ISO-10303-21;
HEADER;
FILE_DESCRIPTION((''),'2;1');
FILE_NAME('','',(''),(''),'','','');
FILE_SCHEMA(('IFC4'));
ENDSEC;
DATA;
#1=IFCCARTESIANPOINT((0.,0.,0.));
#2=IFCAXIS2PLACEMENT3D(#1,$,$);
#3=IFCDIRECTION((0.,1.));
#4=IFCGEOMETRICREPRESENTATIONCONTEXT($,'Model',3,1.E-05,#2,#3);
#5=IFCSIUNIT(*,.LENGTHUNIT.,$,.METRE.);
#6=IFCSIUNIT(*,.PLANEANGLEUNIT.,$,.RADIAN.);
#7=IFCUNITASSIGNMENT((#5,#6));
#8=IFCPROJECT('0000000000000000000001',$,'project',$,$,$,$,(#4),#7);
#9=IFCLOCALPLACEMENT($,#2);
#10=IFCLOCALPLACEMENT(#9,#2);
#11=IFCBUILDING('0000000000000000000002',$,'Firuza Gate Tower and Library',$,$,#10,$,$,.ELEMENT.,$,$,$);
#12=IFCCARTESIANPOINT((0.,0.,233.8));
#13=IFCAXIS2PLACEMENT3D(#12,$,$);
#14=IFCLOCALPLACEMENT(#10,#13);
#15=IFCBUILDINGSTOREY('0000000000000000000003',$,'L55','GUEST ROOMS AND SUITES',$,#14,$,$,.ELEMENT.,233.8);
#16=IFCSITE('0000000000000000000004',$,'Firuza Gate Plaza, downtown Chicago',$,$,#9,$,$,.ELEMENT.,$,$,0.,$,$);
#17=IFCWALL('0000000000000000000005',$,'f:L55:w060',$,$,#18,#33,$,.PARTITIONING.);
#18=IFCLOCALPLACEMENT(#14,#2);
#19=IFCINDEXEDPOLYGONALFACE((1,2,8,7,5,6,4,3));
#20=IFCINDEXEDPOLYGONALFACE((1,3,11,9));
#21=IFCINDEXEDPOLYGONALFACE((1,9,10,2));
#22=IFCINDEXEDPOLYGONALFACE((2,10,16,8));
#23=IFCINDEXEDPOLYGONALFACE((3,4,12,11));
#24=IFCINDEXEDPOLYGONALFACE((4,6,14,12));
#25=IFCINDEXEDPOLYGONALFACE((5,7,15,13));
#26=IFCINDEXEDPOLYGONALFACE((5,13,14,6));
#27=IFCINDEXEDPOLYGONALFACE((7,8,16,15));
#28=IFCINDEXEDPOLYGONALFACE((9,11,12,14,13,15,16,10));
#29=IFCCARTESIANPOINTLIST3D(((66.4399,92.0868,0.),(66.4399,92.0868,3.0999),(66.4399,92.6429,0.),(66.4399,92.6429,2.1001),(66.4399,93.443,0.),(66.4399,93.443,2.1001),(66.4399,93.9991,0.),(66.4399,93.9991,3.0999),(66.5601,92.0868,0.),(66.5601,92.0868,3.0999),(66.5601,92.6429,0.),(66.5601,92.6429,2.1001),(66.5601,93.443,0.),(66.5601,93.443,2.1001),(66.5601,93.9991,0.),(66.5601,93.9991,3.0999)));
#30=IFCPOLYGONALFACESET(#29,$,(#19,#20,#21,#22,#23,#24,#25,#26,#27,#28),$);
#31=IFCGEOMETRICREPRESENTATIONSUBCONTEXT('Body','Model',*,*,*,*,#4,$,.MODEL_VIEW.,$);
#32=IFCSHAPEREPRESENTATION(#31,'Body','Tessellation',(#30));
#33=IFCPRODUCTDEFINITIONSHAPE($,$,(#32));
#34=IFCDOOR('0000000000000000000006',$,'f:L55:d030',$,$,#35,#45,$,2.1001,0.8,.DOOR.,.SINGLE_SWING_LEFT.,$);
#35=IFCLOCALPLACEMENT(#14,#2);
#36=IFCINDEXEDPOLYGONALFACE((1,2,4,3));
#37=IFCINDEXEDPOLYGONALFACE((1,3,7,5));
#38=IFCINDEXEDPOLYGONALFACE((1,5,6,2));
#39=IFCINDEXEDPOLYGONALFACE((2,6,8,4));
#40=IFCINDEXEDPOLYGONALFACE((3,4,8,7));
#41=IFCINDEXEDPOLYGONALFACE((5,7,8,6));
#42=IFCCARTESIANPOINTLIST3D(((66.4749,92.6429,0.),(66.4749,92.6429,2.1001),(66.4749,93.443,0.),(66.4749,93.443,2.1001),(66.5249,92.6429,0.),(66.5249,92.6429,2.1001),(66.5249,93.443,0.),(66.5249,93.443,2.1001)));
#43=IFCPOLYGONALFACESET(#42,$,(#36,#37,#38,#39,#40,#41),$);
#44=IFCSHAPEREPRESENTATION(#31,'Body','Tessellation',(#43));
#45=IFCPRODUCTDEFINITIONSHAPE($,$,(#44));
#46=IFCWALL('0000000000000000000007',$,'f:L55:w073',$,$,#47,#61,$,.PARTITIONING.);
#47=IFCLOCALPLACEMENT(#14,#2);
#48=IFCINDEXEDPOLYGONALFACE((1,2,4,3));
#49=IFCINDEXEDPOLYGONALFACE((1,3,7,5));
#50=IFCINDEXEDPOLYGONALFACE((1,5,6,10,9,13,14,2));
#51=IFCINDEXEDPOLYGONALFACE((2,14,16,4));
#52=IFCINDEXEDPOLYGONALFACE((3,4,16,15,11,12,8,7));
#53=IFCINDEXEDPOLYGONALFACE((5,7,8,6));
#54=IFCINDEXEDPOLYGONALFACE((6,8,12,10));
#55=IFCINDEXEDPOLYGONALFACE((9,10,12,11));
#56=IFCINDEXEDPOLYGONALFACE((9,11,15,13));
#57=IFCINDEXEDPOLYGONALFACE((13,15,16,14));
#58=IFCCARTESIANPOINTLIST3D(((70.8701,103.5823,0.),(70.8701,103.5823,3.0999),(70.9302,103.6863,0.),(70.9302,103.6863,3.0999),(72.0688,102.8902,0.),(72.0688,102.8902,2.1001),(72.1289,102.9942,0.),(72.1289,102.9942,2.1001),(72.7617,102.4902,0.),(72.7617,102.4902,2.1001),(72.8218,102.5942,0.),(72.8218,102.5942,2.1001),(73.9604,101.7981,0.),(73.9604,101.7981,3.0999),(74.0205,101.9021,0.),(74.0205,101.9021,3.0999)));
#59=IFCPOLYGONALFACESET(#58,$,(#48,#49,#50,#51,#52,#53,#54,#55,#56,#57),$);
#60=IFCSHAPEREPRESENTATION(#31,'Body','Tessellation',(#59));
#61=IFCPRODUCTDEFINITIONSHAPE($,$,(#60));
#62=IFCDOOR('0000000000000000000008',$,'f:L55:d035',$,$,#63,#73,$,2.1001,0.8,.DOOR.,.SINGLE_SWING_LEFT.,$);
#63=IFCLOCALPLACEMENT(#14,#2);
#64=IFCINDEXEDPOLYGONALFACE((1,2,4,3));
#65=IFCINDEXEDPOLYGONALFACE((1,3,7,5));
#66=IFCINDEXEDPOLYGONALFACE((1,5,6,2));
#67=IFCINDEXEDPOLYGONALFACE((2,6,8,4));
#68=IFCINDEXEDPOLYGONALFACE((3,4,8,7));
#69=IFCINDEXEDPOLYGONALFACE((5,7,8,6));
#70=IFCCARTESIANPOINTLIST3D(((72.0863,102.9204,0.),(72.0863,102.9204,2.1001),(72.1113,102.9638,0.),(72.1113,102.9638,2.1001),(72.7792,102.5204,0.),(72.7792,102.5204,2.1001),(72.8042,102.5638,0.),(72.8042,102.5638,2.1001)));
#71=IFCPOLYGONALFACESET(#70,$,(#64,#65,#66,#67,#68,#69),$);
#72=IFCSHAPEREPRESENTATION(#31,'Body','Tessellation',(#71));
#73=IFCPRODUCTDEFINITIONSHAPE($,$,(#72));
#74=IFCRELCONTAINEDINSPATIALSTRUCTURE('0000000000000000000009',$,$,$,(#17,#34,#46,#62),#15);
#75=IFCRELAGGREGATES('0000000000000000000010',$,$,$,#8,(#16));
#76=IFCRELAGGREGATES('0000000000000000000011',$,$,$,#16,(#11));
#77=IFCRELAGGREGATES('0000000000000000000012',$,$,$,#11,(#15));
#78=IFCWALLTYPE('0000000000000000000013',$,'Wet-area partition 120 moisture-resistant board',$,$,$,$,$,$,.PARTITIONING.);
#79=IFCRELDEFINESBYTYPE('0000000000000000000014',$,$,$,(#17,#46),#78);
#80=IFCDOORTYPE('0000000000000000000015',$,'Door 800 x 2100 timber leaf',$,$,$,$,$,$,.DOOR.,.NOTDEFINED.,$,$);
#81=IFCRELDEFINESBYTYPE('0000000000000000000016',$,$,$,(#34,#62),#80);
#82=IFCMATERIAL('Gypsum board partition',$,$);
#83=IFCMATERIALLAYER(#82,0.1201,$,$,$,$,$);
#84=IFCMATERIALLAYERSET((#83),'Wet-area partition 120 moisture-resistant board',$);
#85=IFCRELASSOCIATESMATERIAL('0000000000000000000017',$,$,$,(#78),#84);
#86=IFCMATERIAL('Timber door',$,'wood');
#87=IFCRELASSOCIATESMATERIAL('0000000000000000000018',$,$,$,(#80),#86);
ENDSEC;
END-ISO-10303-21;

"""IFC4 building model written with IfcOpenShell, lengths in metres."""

from ifc_helpers import new_model, si_unit, direction, frame, frame_2d, origin, place, context, subcontext, project, spatial, rectangle, extrude, material, layer, layer_set, type_object, element, fill, save


model = new_model("IFC4")

# Units and contexts
model_context = context("Model", 3, precision=1e-05, world=origin(), true_north=direction((0.0, 1.0)))
body_context = subcontext(model_context, "Body", "Model", "MODEL_VIEW")
ifc_project = project(units=[si_unit("LENGTHUNIT", "METRE"), si_unit("PLANEANGLEUNIT", "RADIAN")], contexts=[model_context])

# Site, building, storey
site_placement = place(None, origin())
site = spatial("IfcSite", under=ifc_project, at=site_placement, Name="Firuza Gate Plaza, downtown Chicago", CompositionType="ELEMENT", RefElevation=0.0)
building_placement = place(site_placement, origin())
building = spatial("IfcBuilding", under=site, at=building_placement, Name="Firuza Gate Tower and Library", CompositionType="ELEMENT")
storey_placement = place(building_placement, frame((0.0, 0.0, 233.8)))
storey = spatial("IfcBuildingStorey", under=building, at=storey_placement, Name="L55", Description="GUEST ROOMS AND SUITES", CompositionType="ELEMENT", Elevation=233.8)

# Shared definitions
ifc_material_1 = material(Name="Gypsum board partition")
ifc_layer_1 = layer(ifc_material_1, 0.1201)
ifc_layer_set_1 = layer_set([ifc_layer_1], Name="Wet-area partition 120 moisture-resistant board")
wall_type_1 = type_object("IfcWallType", Name="Wet-area partition 120 moisture-resistant board", PredefinedType="PARTITIONING", material=ifc_layer_set_1)

# Walls, openings, doors
wall_1_placement = place(storey_placement, frame((66.5, 93.999, 0.0), z_axis=(0.0, 0.0, 1.0), x_axis=(0.0, -1.0, 0.0)))
wall_1 = element("IfcWall", 1, at=wall_1_placement, inside=storey, type_object=wall_type_1, Name="f:L55:w060", PredefinedType="PARTITIONING", context=body_context, shape_type="SweptSolid", body=[
    extrude(rectangle(XDim=1.9124, YDim=0.1201, at=frame_2d((0.9561, 0.0))), origin(), (0.0, 0.0, 1.0), 3.0999),
])
opening_1_placement = place(wall_1_placement, frame((0.5562, 0.0, 0.0)))
opening_1 = element("IfcOpeningElement", 2, at=opening_1_placement, cuts=wall_1, PredefinedType="OPENING", context=body_context, shape_type="SweptSolid", body=[
    extrude(rectangle(XDim=0.8, YDim=2.1001, at=frame_2d((0.3999, 1.05))), frame((0.0, 0.0701, 0.0), z_axis=(0.0, -1.0, 0.0), x_axis=(1.0, 0.0, 0.0)), (0.0, 0.0, 1.0), 0.1401),
])
ifc_material_2 = material(Name="Timber door", Category="wood")
door_type_1 = type_object("IfcDoorType", Name="Door 800 x 2100 timber leaf", OperationType="NOTDEFINED", PredefinedType="DOOR", material=ifc_material_2)
door_1_placement = place(opening_1_placement, origin())
door_1 = element("IfcDoor", 3, at=door_1_placement, inside=storey, type_object=door_type_1, Name="f:L55:d030", OperationType="SINGLE_SWING_LEFT", OverallHeight=2.1001, OverallWidth=0.8, PredefinedType="DOOR", context=body_context, shape_type="SweptSolid", body=[
    extrude(rectangle(XDim=0.8, YDim=2.1001, at=frame_2d((0.3999, 1.05))), frame((0.0, 0.0249, 0.0), z_axis=(0.0, -1.0, 0.0), x_axis=(1.0, 0.0, 0.0)), (0.0, 0.0, 1.0), 0.05),
])
fill(opening_1, door_1)
wall_2_placement = place(storey_placement, frame((70.9001, 103.6343, 0.0), z_axis=(0.0, 0.0, 1.0), x_axis=(0.866028, -0.499995, 0.0)))
wall_2 = element("IfcWall", 4, at=wall_2_placement, inside=storey, type_object=wall_type_1, Name="f:L55:w073", PredefinedType="PARTITIONING", context=body_context, shape_type="SweptSolid", body=[
    extrude(rectangle(XDim=3.5684, YDim=0.1201, at=frame_2d((1.7842, 0.0))), origin(), (0.0, 0.0, 1.0), 3.0999),
])
opening_2_placement = place(wall_2_placement, frame((1.3843, 0.0, 0.0)))
opening_2 = element("IfcOpeningElement", 5, at=opening_2_placement, cuts=wall_2, PredefinedType="OPENING", context=body_context, shape_type="SweptSolid", body=[
    extrude(rectangle(XDim=0.8, YDim=2.1001, at=frame_2d((0.3999, 1.05))), frame((0.0, 0.0701, 0.0), z_axis=(0.0, -1.0, 0.0), x_axis=(1.0, 0.0, 0.0)), (0.0, 0.0, 1.0), 0.1401),
])
door_2_placement = place(opening_2_placement, origin())
door_2 = element("IfcDoor", 6, at=door_2_placement, inside=storey, type_object=door_type_1, Name="f:L55:d035", OperationType="SINGLE_SWING_LEFT", OverallHeight=2.1001, OverallWidth=0.8, PredefinedType="DOOR", context=body_context, shape_type="SweptSolid", body=[
    extrude(rectangle(XDim=0.8, YDim=2.1001, at=frame_2d((0.3999, 1.05))), frame((0.0, 0.0249, 0.0), z_axis=(0.0, -1.0, 0.0), x_axis=(1.0, 0.0, 0.0)), (0.0, 0.0, 1.0), 0.05),
])
fill(opening_2, door_2)

save(model, "model.ifc")
